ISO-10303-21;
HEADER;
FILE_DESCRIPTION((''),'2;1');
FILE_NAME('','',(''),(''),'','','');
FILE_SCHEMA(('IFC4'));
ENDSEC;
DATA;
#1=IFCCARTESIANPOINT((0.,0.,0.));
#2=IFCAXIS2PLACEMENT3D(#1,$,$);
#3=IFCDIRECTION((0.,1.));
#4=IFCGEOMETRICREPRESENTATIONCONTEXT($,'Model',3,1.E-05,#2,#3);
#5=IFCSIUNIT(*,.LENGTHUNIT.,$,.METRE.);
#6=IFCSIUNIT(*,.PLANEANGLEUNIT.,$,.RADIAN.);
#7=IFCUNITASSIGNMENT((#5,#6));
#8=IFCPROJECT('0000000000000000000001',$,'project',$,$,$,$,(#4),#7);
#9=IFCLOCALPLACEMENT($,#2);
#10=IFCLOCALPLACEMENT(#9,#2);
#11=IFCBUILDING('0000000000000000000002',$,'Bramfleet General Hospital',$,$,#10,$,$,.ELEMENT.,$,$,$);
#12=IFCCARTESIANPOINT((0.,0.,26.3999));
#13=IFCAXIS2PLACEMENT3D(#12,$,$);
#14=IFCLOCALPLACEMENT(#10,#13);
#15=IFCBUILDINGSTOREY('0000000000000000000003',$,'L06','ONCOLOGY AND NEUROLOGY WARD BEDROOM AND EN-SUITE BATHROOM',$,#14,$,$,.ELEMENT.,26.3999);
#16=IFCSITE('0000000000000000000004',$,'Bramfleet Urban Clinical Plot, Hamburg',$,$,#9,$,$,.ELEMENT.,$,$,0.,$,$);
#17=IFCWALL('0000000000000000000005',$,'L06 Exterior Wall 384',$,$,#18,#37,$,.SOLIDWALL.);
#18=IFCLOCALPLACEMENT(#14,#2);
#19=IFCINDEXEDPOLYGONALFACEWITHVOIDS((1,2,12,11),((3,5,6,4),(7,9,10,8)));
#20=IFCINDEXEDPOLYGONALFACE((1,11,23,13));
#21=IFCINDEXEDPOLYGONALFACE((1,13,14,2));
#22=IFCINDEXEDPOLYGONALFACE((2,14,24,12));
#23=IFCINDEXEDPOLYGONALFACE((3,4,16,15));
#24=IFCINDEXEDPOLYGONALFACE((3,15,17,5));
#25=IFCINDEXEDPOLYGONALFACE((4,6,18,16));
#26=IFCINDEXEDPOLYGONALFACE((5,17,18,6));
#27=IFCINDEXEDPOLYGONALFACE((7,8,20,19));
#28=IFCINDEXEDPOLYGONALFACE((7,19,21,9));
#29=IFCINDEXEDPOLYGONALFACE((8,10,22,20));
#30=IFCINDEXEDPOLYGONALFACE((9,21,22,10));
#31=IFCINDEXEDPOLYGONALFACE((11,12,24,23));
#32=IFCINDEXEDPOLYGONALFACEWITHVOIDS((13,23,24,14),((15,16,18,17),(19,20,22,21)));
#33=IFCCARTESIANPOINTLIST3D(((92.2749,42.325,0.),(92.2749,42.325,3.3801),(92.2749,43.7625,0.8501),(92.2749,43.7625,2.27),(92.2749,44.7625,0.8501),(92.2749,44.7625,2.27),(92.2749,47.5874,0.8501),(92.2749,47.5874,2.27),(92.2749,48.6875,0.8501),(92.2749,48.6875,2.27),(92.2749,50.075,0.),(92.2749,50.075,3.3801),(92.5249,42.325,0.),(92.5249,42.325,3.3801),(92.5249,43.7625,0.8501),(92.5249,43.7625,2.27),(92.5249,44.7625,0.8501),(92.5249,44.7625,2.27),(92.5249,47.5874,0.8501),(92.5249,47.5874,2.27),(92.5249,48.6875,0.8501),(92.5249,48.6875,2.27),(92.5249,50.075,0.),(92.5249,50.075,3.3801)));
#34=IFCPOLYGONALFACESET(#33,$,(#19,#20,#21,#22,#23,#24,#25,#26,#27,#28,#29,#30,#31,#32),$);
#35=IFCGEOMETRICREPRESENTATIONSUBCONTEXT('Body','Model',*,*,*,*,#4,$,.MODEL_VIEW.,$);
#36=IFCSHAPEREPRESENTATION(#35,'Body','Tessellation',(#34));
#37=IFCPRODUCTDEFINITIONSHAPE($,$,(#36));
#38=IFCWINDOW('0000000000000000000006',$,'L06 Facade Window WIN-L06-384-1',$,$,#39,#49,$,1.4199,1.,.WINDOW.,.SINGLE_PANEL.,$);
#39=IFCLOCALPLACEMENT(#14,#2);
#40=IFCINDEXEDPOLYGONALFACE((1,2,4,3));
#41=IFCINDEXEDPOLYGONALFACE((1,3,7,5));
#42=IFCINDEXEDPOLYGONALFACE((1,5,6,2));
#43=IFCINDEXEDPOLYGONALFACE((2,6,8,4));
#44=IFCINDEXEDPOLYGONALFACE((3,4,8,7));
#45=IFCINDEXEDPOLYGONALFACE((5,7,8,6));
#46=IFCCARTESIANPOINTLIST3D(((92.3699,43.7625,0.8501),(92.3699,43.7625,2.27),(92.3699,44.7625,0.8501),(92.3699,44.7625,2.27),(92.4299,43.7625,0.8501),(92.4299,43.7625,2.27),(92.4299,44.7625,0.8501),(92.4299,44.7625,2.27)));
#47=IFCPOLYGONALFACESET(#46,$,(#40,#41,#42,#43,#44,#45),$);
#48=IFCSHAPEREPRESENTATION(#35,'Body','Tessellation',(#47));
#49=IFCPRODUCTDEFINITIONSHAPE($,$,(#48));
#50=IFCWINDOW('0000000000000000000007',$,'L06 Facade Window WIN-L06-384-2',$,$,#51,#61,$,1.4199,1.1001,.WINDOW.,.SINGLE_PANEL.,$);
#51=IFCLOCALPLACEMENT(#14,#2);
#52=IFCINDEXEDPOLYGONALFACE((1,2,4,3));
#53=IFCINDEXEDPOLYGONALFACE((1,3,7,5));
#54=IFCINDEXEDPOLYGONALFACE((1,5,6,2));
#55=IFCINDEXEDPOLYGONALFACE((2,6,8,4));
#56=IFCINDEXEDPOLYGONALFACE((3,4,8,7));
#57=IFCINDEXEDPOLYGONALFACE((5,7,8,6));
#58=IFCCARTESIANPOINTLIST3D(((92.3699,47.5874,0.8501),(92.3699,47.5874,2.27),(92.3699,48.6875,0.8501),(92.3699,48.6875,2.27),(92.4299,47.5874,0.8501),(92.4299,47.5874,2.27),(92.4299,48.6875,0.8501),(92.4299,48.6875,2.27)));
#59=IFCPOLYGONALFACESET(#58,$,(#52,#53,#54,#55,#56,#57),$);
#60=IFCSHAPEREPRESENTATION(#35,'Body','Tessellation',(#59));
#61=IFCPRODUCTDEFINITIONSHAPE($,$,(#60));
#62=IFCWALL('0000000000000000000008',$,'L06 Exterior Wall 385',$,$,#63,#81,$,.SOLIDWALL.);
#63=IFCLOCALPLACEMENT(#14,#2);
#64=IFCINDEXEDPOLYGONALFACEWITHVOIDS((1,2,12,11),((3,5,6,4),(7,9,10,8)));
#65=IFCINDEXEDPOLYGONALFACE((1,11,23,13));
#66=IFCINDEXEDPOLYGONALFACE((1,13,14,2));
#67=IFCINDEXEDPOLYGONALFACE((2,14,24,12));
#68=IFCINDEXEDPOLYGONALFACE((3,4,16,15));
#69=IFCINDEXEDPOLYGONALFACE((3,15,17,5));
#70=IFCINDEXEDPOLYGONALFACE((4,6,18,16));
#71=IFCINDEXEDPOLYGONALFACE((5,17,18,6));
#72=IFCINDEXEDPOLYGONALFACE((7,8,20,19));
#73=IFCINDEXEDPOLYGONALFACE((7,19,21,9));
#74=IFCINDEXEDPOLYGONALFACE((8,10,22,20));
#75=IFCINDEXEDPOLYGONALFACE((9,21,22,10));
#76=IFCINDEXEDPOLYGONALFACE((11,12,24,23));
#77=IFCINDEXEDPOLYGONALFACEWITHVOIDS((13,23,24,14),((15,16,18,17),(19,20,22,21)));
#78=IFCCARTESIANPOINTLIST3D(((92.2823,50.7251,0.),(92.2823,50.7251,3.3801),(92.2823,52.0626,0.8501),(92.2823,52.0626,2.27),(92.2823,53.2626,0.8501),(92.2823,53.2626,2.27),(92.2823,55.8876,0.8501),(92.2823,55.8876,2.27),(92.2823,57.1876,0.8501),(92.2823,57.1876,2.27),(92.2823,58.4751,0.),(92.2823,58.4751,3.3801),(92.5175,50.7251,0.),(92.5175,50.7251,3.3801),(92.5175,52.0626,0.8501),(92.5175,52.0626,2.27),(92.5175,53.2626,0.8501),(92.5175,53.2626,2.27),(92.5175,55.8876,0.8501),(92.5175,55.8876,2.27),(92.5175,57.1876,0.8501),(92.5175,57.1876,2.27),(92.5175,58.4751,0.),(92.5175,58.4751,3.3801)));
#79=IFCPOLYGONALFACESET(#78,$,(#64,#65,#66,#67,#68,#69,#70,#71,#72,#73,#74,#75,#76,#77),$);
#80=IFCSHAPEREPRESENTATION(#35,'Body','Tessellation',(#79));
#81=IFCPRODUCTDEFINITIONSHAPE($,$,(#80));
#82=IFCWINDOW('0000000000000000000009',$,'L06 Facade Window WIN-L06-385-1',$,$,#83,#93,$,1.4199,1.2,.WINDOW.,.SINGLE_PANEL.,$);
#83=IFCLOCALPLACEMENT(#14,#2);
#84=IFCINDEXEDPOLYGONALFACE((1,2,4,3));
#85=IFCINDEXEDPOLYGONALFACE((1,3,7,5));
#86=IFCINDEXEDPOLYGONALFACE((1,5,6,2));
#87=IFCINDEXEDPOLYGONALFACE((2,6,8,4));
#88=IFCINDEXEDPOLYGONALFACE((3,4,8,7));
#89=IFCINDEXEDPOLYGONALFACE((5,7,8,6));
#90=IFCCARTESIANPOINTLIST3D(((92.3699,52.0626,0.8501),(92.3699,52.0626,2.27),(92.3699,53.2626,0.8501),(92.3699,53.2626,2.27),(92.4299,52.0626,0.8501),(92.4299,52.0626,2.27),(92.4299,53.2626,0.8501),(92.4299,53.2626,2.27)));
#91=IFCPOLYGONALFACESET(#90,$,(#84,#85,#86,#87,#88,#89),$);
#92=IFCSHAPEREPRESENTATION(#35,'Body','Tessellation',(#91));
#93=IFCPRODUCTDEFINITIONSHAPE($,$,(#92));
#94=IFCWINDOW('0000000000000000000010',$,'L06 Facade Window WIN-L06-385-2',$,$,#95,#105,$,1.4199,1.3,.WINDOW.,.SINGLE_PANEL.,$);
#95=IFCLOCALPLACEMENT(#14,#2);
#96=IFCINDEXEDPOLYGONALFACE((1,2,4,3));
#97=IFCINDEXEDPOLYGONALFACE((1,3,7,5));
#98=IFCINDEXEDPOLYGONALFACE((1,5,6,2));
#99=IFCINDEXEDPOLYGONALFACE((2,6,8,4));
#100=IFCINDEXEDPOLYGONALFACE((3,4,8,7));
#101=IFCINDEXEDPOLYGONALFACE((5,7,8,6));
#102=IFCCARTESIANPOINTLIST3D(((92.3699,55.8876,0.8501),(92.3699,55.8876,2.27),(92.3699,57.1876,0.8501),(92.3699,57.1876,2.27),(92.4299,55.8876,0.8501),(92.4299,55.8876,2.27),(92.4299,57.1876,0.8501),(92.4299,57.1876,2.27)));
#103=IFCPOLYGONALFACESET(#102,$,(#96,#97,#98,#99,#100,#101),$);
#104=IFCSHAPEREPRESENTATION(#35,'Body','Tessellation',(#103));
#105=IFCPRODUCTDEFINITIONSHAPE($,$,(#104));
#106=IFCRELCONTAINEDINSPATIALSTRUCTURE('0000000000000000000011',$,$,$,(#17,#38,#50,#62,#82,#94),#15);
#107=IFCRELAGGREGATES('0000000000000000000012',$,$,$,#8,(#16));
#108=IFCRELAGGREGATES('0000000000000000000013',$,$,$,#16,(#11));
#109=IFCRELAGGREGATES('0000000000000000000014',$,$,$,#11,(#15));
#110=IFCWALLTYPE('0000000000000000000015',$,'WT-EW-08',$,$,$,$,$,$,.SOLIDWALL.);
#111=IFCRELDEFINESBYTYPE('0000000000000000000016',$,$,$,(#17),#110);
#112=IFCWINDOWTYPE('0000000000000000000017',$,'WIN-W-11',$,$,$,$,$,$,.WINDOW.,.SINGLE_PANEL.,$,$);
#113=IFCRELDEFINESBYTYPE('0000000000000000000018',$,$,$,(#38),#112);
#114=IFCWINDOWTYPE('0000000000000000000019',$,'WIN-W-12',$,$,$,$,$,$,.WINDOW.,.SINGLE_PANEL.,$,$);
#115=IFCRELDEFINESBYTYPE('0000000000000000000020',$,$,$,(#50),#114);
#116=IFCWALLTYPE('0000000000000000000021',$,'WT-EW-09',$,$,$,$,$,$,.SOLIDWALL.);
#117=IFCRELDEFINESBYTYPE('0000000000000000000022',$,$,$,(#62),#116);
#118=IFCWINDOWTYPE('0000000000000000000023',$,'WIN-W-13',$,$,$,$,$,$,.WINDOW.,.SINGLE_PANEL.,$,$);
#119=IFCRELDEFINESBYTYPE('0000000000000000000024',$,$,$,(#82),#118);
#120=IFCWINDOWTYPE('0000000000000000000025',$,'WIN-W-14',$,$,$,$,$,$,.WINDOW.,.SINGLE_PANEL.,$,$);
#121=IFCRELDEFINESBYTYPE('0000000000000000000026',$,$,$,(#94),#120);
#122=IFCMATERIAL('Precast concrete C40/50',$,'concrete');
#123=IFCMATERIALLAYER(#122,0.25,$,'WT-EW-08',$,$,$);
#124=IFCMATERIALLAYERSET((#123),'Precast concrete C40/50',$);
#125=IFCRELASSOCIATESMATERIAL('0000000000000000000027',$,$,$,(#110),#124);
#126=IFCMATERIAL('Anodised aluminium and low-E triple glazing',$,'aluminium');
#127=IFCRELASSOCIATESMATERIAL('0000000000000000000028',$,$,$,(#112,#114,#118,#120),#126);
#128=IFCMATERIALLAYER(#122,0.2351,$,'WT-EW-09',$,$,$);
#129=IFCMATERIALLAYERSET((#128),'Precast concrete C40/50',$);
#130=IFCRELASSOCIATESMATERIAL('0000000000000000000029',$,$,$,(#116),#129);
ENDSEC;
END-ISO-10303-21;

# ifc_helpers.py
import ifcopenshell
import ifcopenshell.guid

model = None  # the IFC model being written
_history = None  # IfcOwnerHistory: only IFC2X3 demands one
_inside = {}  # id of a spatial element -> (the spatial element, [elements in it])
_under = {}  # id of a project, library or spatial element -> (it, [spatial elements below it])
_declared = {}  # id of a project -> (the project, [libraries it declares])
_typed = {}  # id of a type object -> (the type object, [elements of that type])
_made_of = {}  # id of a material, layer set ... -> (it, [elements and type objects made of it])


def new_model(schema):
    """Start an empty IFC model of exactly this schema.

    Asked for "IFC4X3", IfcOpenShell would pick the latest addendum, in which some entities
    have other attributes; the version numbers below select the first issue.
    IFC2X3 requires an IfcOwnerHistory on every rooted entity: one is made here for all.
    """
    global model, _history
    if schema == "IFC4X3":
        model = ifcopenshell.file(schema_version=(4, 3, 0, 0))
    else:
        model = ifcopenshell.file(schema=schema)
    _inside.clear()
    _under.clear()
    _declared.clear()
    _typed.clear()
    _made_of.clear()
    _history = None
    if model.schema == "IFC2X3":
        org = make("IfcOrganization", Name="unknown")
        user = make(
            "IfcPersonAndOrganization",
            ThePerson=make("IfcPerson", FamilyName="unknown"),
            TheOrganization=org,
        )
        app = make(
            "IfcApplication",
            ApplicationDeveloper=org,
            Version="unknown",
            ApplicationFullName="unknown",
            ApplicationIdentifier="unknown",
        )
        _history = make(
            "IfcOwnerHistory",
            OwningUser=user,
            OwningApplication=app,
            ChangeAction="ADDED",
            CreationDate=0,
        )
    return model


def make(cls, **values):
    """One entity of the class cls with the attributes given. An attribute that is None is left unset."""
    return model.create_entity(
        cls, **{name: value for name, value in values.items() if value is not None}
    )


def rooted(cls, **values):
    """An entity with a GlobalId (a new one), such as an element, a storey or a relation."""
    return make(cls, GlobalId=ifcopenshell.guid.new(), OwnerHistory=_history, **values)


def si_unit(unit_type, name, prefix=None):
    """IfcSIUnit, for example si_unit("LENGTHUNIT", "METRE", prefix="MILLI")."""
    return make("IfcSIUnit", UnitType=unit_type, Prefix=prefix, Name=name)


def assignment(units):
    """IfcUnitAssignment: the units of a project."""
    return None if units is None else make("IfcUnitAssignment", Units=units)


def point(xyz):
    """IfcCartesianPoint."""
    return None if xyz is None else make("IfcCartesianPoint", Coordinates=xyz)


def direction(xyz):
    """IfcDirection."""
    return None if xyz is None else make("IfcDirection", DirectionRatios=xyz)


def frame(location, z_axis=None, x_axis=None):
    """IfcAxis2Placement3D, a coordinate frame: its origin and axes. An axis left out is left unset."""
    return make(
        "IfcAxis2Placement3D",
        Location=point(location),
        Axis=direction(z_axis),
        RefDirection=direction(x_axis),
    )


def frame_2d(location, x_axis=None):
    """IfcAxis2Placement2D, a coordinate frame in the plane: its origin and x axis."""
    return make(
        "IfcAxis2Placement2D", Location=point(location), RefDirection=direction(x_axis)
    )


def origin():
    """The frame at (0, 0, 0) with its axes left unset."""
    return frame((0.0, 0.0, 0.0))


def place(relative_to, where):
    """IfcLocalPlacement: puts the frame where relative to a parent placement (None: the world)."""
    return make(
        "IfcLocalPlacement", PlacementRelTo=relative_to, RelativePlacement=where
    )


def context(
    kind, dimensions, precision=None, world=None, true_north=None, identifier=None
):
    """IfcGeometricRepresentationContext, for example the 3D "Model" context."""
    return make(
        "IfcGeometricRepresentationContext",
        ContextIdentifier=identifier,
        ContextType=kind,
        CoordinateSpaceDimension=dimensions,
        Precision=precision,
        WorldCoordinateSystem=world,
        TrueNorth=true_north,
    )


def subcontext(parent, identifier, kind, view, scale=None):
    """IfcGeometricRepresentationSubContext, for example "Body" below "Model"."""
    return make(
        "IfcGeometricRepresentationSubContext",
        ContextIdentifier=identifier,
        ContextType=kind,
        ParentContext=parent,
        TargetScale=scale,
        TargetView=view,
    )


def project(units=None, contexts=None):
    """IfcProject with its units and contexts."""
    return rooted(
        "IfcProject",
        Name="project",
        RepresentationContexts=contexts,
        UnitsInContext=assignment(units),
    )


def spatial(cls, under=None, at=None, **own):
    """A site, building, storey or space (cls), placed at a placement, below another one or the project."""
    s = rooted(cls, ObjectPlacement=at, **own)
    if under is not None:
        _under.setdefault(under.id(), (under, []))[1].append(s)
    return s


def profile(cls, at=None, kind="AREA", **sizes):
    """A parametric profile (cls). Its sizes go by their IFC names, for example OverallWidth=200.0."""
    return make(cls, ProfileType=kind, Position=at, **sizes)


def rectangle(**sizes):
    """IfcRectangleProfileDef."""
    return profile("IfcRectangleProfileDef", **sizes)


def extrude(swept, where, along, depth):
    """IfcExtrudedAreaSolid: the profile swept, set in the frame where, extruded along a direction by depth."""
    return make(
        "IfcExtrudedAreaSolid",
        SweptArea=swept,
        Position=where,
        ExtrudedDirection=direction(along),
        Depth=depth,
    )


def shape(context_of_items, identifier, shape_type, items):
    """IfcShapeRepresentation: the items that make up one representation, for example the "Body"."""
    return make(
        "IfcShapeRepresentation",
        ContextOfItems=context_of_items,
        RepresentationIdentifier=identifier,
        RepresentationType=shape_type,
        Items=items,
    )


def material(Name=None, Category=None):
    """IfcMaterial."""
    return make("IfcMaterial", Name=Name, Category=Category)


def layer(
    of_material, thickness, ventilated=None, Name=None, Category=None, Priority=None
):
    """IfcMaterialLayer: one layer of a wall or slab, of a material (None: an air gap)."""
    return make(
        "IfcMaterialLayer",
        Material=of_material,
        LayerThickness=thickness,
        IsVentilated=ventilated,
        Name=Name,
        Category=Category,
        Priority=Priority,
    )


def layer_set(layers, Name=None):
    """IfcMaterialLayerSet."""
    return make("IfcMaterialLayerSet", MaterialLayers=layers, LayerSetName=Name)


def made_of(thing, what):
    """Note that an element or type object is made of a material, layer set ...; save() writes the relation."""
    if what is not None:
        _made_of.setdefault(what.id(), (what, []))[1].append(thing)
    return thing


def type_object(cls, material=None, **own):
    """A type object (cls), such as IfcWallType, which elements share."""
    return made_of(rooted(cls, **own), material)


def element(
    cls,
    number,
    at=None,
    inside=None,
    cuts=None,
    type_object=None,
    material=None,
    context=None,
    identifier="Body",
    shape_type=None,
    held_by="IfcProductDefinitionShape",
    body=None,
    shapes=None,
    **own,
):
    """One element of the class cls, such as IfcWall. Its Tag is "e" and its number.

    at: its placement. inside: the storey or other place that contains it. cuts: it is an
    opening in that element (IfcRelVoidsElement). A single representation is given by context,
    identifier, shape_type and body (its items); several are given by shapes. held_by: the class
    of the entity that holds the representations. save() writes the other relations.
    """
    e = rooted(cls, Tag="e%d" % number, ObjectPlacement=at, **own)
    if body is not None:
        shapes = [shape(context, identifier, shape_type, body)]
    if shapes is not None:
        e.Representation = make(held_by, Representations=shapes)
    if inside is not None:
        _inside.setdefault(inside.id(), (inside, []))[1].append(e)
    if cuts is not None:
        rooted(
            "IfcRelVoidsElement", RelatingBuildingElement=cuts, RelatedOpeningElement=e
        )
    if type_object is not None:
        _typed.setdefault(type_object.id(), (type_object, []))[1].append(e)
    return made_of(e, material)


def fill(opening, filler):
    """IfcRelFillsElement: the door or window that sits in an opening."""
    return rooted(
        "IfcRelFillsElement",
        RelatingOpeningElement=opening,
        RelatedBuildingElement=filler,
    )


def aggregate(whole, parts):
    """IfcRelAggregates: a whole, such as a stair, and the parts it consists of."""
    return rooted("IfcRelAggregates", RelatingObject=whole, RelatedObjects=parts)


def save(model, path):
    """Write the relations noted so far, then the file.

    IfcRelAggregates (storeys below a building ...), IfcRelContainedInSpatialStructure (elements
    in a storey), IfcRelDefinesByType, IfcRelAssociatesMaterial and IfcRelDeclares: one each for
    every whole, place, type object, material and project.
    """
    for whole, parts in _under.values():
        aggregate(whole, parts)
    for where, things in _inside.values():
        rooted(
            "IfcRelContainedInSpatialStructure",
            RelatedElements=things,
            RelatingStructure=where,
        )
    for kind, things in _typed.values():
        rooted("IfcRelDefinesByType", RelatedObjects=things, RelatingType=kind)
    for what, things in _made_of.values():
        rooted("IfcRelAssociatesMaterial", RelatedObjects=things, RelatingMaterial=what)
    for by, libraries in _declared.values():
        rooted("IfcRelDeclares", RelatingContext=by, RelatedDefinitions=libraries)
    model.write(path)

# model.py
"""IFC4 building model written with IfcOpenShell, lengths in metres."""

from ifc_helpers import new_model, si_unit, direction, frame, frame_2d, origin, place, context, subcontext, project, spatial, rectangle, extrude, material, layer, layer_set, type_object, element, fill, save


model = new_model("IFC4")

# Units and contexts
model_context = context("Model", 3, precision=1e-05, world=origin(), true_north=direction((0.0, 1.0)))
body_context = subcontext(model_context, "Body", "Model", "MODEL_VIEW")
ifc_project = project(units=[si_unit("LENGTHUNIT", "METRE"), si_unit("PLANEANGLEUNIT", "RADIAN")], contexts=[model_context])

# Site, building, storey
site_placement = place(None, origin())
site = spatial("IfcSite", under=ifc_project, at=site_placement, Name="Bramfleet Urban Clinical Plot, Hamburg", CompositionType="ELEMENT", RefElevation=0.0)
building_placement = place(site_placement, origin())
building = spatial("IfcBuilding", under=site, at=building_placement, Name="Bramfleet General Hospital", CompositionType="ELEMENT")
storey_placement = place(building_placement, frame((0.0, 0.0, 26.3999)))
storey = spatial("IfcBuildingStorey", under=building, at=storey_placement, Name="L06", Description="ONCOLOGY AND NEUROLOGY WARD BEDROOM AND EN-SUITE BATHROOM", CompositionType="ELEMENT", Elevation=26.3999)

# Walls, openings, windows
ifc_material_1 = material(Name="Precast concrete C40/50", Category="concrete")
ifc_material_2 = material(Name="Anodised aluminium and low-E triple glazing", Category="aluminium")
ifc_layer_1 = layer(ifc_material_1, 0.25, Name="WT-EW-08")
ifc_layer_set_1 = layer_set([ifc_layer_1], Name="Precast concrete C40/50")
wall_type_1 = type_object("IfcWallType", Name="WT-EW-08", PredefinedType="SOLIDWALL", material=ifc_layer_set_1)
wall_1_placement = place(storey_placement, frame((92.3999, 42.325, 0.0), z_axis=(0.0, 0.0, 1.0), x_axis=(0.0, 1.0, 0.0)))
wall_1 = element("IfcWall", 1, at=wall_1_placement, inside=storey, type_object=wall_type_1, Name="L06 Exterior Wall 384", PredefinedType="SOLIDWALL", context=body_context, shape_type="SweptSolid", body=[
    extrude(rectangle(XDim=7.75, YDim=0.25, at=frame_2d((3.875, 0.0))), origin(), (0.0, 0.0, 1.0), 3.3801),
])
opening_1_placement = place(wall_1_placement, frame((1.4375, 0.0, 0.8501)))
opening_1 = element("IfcOpeningElement", 2, at=opening_1_placement, cuts=wall_1, PredefinedType="OPENING", context=body_context, shape_type="SweptSolid", body=[
    extrude(rectangle(XDim=1.0, YDim=1.4199, at=frame_2d((0.5, 0.71))), frame((0.0, 0.135, 0.0), z_axis=(0.0, -1.0, 0.0), x_axis=(1.0, 0.0, 0.0)), (0.0, 0.0, 1.0), 0.27),
])
opening_2_placement = place(wall_1_placement, frame((5.2625, 0.0, 0.8501)))
opening_2 = element("IfcOpeningElement", 3, at=opening_2_placement, cuts=wall_1, PredefinedType="OPENING", context=body_context, shape_type="SweptSolid", body=[
    extrude(rectangle(XDim=1.1001, YDim=1.4199, at=frame_2d((0.55, 0.71))), frame((0.0, 0.135, 0.0), z_axis=(0.0, -1.0, 0.0), x_axis=(1.0, 0.0, 0.0)), (0.0, 0.0, 1.0), 0.27),
])
window_type_1 = type_object("IfcWindowType", Name="WIN-W-11", PartitioningType="SINGLE_PANEL", PredefinedType="WINDOW", material=ifc_material_2)
window_1_placement = place(opening_1_placement, origin())
window_1 = element("IfcWindow", 4, at=window_1_placement, inside=storey, type_object=window_type_1, Name="L06 Facade Window WIN-L06-384-1", OverallHeight=1.4199, OverallWidth=1.0, PartitioningType="SINGLE_PANEL", PredefinedType="WINDOW", context=body_context, shape_type="SweptSolid", body=[
    extrude(rectangle(XDim=1.0, YDim=1.4199, at=frame_2d((0.5, 0.71))), frame((0.0, 0.03, 0.0), z_axis=(0.0, -1.0, 0.0), x_axis=(1.0, 0.0, 0.0)), (0.0, 0.0, 1.0), 0.0601),
])
fill(opening_1, window_1)
window_type_2 = type_object("IfcWindowType", Name="WIN-W-12", PartitioningType="SINGLE_PANEL", PredefinedType="WINDOW", material=ifc_material_2)
window_2_placement = place(opening_2_placement, origin())
window_2 = element("IfcWindow", 5, at=window_2_placement, inside=storey, type_object=window_type_2, Name="L06 Facade Window WIN-L06-384-2", OverallHeight=1.4199, OverallWidth=1.1001, PartitioningType="SINGLE_PANEL", PredefinedType="WINDOW", context=body_context, shape_type="SweptSolid", body=[
    extrude(rectangle(XDim=1.1001, YDim=1.4199, at=frame_2d((0.55, 0.71))), frame((0.0, 0.03, 0.0), z_axis=(0.0, -1.0, 0.0), x_axis=(1.0, 0.0, 0.0)), (0.0, 0.0, 1.0), 0.0601),
])
fill(opening_2, window_2)
ifc_layer_2 = layer(ifc_material_1, 0.2351, Name="WT-EW-09")
ifc_layer_set_2 = layer_set([ifc_layer_2], Name="Precast concrete C40/50")
wall_type_2 = type_object("IfcWallType", Name="WT-EW-09", PredefinedType="SOLIDWALL", material=ifc_layer_set_2)
wall_2_placement = place(storey_placement, frame((92.3999, 50.7251, 0.0), z_axis=(0.0, 0.0, 1.0), x_axis=(0.0, 1.0, 0.0)))
wall_2 = element("IfcWall", 6, at=wall_2_placement, inside=storey, type_object=wall_type_2, Name="L06 Exterior Wall 385", PredefinedType="SOLIDWALL", context=body_context, shape_type="SweptSolid", body=[
    extrude(rectangle(XDim=7.75, YDim=0.2351, at=frame_2d((3.875, 0.0))), origin(), (0.0, 0.0, 1.0), 3.3801),
])
opening_3_placement = place(wall_2_placement, frame((1.3374, 0.0, 0.8501)))
opening_3 = element("IfcOpeningElement", 7, at=opening_3_placement, cuts=wall_2, PredefinedType="OPENING", context=body_context, shape_type="SweptSolid", body=[
    extrude(rectangle(XDim=1.2, YDim=1.4199, at=frame_2d((0.6001, 0.71))), frame((0.0, 0.1274, 0.0), z_axis=(0.0, -1.0, 0.0), x_axis=(1.0, 0.0, 0.0)), (0.0, 0.0, 1.0), 0.2551),
])
opening_4_placement = place(wall_2_placement, frame((5.1626, 0.0, 0.8501)))
opening_4 = element("IfcOpeningElement", 8, at=opening_4_placement, cuts=wall_2, PredefinedType="OPENING", context=body_context, shape_type="SweptSolid", body=[
    extrude(rectangle(XDim=1.3, YDim=1.4199, at=frame_2d((0.6499, 0.71))), frame((0.0, 0.1274, 0.0), z_axis=(0.0, -1.0, 0.0), x_axis=(1.0, 0.0, 0.0)), (0.0, 0.0, 1.0), 0.2551),
])
window_type_3 = type_object("IfcWindowType", Name="WIN-W-13", PartitioningType="SINGLE_PANEL", PredefinedType="WINDOW", material=ifc_material_2)
window_3_placement = place(opening_3_placement, origin())
window_3 = element("IfcWindow", 9, at=window_3_placement, inside=storey, type_object=window_type_3, Name="L06 Facade Window WIN-L06-385-1", OverallHeight=1.4199, OverallWidth=1.2, PartitioningType="SINGLE_PANEL", PredefinedType="WINDOW", context=body_context, shape_type="SweptSolid", body=[
    extrude(rectangle(XDim=1.2, YDim=1.4199, at=frame_2d((0.6001, 0.71))), frame((0.0, 0.03, 0.0), z_axis=(0.0, -1.0, 0.0), x_axis=(1.0, 0.0, 0.0)), (0.0, 0.0, 1.0), 0.0601),
])
fill(opening_3, window_3)
window_type_4 = type_object("IfcWindowType", Name="WIN-W-14", PartitioningType="SINGLE_PANEL", PredefinedType="WINDOW", material=ifc_material_2)
window_4_placement = place(opening_4_placement, origin())
window_4 = element("IfcWindow", 10, at=window_4_placement, inside=storey, type_object=window_type_4, Name="L06 Facade Window WIN-L06-385-2", OverallHeight=1.4199, OverallWidth=1.3, PartitioningType="SINGLE_PANEL", PredefinedType="WINDOW", context=body_context, shape_type="SweptSolid", body=[
    extrude(rectangle(XDim=1.3, YDim=1.4199, at=frame_2d((0.6499, 0.71))), frame((0.0, 0.03, 0.0), z_axis=(0.0, -1.0, 0.0), x_axis=(1.0, 0.0, 0.0)), (0.0, 0.0, 1.0), 0.0601),
])
fill(opening_4, window_4)

save(model, "model.ifc")
